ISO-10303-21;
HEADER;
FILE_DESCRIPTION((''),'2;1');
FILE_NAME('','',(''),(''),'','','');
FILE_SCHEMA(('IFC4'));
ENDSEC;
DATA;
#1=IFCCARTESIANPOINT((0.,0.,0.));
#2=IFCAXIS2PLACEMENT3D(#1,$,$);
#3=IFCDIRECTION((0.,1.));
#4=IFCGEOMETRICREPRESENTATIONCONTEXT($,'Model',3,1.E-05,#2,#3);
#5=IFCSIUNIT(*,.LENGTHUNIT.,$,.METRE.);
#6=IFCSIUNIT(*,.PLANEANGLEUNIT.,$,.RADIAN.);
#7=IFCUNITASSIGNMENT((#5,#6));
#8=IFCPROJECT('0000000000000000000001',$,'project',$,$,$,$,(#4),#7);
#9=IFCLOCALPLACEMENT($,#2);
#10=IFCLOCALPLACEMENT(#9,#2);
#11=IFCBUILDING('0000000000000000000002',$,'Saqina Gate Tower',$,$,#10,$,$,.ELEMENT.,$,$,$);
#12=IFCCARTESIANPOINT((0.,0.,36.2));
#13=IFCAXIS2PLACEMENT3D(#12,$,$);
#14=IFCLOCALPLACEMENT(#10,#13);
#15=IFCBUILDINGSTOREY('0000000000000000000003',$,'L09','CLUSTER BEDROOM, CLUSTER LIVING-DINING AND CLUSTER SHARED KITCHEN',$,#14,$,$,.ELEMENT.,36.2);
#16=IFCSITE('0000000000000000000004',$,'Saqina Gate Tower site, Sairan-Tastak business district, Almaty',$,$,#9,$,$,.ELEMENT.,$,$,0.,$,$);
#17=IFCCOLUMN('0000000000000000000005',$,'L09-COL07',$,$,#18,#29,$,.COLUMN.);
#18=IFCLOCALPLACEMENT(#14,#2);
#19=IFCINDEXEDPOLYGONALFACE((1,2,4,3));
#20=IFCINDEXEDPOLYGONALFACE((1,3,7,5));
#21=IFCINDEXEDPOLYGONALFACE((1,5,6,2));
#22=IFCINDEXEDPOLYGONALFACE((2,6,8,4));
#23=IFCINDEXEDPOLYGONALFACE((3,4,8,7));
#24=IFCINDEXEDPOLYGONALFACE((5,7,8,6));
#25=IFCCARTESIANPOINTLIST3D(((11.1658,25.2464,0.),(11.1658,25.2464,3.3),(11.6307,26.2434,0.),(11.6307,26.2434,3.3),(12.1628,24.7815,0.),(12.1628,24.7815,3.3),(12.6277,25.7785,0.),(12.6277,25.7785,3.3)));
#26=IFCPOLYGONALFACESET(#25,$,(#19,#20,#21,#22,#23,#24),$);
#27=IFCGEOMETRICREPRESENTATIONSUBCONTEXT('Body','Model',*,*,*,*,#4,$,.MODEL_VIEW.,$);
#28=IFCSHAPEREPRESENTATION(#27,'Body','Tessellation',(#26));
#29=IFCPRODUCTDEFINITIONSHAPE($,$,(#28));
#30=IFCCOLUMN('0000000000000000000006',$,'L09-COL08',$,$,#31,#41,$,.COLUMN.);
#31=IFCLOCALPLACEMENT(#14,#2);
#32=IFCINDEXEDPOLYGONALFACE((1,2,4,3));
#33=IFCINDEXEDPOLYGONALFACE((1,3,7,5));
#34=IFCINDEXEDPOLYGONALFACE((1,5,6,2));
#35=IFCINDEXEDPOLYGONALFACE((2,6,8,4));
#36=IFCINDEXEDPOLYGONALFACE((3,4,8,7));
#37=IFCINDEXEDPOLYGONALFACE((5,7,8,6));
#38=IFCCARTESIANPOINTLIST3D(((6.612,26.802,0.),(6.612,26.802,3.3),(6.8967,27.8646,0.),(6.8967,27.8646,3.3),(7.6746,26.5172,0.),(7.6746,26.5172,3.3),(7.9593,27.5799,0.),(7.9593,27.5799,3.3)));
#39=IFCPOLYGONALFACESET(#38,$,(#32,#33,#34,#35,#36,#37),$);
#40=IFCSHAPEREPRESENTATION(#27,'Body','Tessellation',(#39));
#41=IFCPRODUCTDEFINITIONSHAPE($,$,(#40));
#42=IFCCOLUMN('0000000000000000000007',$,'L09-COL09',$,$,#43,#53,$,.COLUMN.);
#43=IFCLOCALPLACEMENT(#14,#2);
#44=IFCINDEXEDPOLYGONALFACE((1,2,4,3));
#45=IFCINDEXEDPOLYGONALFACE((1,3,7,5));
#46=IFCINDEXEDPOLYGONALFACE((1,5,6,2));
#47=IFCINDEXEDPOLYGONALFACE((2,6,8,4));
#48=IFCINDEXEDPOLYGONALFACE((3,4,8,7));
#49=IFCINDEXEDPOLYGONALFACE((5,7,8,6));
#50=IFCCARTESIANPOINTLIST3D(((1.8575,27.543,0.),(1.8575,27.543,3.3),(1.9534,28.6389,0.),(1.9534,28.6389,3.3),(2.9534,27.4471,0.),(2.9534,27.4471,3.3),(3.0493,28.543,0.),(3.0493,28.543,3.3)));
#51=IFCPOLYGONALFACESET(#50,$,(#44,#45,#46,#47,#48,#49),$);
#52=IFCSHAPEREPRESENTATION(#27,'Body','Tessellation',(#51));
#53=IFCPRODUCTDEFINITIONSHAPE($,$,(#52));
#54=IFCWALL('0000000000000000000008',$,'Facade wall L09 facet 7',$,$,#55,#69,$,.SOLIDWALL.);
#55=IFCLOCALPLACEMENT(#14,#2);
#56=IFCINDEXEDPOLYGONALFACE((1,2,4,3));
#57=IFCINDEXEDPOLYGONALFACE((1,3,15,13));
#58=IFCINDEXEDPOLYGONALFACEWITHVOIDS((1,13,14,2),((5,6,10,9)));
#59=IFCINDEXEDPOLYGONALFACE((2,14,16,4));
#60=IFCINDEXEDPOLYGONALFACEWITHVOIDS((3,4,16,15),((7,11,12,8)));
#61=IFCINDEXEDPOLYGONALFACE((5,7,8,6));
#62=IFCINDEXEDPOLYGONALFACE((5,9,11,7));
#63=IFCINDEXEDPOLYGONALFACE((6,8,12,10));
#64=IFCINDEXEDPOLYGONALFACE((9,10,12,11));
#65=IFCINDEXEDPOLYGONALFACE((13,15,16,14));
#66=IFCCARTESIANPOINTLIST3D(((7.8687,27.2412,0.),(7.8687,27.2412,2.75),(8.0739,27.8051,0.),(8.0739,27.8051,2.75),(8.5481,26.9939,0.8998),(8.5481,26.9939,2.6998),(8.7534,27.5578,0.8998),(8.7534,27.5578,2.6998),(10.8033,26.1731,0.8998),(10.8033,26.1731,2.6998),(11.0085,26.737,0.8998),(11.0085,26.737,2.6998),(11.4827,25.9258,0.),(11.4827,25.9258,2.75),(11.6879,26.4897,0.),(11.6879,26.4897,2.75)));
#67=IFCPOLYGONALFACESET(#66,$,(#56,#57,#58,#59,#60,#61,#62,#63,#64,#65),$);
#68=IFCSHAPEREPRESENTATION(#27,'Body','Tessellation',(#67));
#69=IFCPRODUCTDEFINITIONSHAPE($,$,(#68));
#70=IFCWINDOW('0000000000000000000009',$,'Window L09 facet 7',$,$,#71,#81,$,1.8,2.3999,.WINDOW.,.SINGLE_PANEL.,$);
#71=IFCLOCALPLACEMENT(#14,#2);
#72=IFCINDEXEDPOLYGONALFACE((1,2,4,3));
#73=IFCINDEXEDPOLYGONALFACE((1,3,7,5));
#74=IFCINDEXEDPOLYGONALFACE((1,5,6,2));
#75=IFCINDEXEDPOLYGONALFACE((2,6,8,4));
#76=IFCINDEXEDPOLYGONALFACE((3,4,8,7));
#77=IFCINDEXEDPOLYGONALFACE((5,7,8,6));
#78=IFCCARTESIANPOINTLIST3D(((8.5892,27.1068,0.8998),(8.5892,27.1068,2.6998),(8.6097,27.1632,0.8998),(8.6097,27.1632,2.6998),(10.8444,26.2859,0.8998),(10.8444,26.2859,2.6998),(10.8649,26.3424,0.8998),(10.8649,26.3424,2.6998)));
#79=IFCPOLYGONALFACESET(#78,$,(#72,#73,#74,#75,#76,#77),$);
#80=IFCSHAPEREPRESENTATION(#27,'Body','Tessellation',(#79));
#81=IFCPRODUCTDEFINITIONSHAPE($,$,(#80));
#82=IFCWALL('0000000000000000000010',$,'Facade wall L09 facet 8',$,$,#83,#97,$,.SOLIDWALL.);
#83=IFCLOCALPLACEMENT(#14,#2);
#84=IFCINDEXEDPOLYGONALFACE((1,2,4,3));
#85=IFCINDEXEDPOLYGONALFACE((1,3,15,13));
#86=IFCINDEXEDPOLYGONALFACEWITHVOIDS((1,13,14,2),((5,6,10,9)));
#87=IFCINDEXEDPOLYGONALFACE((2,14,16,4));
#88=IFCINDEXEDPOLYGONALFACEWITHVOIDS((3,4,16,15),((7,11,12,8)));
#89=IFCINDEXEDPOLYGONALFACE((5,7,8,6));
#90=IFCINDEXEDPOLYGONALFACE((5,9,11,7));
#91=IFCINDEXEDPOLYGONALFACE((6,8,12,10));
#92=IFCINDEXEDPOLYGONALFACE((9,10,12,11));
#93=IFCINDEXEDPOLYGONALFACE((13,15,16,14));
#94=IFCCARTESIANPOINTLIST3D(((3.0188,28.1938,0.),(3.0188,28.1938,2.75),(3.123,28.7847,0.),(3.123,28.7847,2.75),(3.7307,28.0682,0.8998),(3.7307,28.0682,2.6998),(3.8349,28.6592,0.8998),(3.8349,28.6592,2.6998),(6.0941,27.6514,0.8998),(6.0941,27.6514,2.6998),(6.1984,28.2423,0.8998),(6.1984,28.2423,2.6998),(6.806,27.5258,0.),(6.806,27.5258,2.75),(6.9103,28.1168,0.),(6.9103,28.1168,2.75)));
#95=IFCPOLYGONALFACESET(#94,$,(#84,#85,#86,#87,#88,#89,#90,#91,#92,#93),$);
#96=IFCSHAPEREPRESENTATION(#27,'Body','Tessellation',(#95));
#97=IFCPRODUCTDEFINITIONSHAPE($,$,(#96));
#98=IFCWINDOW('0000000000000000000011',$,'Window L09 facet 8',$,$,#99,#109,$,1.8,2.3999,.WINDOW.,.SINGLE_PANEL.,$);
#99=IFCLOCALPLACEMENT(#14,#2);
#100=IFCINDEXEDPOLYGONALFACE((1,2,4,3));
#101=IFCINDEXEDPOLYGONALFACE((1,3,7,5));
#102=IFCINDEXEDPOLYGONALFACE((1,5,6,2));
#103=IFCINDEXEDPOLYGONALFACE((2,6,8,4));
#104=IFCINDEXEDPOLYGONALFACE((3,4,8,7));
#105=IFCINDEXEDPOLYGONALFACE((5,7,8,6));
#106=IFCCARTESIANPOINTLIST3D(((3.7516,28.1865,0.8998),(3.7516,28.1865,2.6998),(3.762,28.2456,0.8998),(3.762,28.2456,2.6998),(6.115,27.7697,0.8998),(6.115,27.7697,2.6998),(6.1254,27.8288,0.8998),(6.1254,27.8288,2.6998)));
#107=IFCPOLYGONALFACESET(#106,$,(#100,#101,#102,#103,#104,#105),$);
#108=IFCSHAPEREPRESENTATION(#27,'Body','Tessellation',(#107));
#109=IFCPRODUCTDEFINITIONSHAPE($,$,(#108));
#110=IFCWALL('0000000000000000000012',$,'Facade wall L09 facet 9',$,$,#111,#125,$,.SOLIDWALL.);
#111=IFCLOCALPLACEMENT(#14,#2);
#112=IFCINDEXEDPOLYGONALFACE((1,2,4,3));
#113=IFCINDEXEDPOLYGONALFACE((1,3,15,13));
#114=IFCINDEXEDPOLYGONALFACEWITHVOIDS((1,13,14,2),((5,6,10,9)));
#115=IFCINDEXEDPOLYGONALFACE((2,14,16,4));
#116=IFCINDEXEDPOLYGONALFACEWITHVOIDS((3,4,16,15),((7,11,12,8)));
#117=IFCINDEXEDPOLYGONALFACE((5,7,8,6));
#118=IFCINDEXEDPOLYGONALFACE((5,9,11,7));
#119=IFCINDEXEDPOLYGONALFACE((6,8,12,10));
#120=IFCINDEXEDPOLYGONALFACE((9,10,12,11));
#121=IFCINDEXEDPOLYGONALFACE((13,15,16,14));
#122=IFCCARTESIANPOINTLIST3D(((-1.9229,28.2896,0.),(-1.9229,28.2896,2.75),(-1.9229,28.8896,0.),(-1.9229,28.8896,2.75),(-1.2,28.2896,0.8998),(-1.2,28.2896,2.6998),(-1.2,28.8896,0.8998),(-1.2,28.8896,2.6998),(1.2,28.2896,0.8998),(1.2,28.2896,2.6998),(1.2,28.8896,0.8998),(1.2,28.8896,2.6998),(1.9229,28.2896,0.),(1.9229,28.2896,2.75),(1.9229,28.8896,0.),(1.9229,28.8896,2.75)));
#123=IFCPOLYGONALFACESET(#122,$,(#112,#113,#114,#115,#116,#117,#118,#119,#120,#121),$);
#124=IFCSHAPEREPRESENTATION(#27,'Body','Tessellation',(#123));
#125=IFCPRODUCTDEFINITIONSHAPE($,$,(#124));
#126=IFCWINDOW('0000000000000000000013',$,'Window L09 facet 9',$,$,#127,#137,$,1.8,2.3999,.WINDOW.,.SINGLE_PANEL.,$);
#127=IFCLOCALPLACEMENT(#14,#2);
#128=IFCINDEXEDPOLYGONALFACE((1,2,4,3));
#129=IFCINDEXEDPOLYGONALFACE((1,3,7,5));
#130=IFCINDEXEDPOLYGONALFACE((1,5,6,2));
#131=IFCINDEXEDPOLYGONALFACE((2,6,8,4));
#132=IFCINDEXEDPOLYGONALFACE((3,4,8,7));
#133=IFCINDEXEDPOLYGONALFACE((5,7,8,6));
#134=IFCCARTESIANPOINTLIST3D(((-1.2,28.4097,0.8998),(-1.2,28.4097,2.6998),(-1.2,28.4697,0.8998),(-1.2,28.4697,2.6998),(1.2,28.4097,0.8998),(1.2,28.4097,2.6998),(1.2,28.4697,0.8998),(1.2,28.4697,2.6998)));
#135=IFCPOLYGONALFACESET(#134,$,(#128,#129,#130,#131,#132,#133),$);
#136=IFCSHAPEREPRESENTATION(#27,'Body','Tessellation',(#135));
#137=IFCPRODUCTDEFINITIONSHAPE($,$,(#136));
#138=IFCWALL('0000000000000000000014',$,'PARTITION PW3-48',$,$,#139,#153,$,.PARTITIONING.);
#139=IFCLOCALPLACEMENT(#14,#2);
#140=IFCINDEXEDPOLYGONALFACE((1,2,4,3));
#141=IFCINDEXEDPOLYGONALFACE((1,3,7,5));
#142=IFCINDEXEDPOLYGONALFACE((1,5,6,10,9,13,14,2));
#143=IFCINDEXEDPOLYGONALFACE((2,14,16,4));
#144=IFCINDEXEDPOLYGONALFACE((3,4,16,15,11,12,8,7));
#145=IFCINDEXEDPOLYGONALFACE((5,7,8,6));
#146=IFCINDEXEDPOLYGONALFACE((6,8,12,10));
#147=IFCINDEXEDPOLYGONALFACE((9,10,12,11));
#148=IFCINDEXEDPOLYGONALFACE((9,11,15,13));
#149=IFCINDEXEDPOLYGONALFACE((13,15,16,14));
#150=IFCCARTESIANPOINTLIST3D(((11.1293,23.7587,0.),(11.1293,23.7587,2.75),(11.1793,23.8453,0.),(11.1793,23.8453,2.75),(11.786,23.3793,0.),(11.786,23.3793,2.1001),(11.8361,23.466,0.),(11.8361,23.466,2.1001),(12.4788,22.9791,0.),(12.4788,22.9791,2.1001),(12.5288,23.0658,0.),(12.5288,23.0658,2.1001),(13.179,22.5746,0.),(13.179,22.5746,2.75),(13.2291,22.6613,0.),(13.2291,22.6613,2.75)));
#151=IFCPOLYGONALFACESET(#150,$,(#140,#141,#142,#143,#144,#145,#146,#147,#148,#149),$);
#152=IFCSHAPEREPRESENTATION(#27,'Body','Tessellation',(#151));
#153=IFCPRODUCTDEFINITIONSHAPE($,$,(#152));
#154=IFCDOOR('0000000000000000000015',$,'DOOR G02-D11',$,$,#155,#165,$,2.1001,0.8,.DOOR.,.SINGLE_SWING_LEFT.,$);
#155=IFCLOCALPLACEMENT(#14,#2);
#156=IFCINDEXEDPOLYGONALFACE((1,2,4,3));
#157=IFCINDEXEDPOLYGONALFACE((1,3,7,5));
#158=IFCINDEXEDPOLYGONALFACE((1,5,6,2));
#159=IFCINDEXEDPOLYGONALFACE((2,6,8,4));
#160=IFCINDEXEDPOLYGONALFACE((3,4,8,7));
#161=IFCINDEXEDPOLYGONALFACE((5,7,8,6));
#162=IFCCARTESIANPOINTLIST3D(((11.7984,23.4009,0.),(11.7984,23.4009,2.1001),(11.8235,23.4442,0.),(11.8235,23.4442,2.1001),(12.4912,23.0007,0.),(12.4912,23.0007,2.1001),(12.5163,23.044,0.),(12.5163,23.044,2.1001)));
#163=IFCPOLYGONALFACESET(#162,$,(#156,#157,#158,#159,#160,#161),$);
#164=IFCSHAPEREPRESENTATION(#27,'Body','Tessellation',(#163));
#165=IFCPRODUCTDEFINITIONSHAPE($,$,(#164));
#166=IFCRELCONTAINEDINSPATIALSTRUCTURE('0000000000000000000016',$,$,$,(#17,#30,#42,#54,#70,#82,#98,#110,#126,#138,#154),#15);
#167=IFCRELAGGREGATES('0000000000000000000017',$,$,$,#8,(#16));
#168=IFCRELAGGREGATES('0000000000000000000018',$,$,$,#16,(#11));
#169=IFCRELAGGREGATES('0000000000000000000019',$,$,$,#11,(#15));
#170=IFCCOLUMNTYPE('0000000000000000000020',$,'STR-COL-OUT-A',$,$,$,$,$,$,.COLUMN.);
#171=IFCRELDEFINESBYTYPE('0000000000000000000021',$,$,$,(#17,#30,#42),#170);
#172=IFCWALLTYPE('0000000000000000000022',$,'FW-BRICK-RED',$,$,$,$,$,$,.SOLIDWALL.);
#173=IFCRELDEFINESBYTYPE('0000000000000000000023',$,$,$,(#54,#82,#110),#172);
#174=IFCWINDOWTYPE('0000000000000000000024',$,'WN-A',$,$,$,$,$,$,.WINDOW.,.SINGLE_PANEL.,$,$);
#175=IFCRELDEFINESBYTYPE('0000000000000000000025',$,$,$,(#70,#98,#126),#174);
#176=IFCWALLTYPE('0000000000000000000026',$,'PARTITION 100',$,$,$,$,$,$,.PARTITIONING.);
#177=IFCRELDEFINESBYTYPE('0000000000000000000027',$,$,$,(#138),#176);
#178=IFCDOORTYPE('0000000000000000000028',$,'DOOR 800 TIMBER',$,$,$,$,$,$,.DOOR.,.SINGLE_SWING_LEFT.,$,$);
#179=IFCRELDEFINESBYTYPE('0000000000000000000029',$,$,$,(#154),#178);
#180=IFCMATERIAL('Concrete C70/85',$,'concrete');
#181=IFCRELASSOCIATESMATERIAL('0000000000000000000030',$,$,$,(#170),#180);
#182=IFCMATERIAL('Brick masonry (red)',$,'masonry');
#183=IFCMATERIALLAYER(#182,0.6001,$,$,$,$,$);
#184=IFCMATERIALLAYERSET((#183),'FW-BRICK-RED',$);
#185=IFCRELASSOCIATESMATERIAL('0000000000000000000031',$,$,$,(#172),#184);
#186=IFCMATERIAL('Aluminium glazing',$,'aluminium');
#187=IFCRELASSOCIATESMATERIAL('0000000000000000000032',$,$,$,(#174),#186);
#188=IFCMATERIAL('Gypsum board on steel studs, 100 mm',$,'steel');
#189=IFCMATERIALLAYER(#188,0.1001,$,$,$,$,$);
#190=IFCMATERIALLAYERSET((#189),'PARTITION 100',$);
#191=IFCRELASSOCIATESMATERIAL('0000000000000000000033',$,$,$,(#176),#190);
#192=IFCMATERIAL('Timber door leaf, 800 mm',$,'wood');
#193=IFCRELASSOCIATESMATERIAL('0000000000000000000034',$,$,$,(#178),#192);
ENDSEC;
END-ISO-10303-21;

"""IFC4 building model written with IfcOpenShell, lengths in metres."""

from ifc_helpers import new_model, si_unit, direction, frame, frame_2d, origin, origin_2d, place, context, subcontext, project, spatial, rectangle, extrude, material, layer, layer_set, material_profile, profile_set, type_object, element, fill, save


model = new_model("IFC4")

# Units and contexts
model_context = context("Model", 3, precision=1e-05, world=origin(), true_north=direction((0.0, 1.0)))
body_context = subcontext(model_context, "Body", "Model", "MODEL_VIEW")
ifc_project = project(units=[si_unit("LENGTHUNIT", "METRE"), si_unit("PLANEANGLEUNIT", "RADIAN")], contexts=[model_context])

# Site, building, storey
site_placement = place(None, origin())
site = spatial("IfcSite", under=ifc_project, at=site_placement, Name="Saqina Gate Tower site, Sairan-Tastak business district, Almaty", CompositionType="ELEMENT", RefElevation=0.0)
building_placement = place(site_placement, origin())
building = spatial("IfcBuilding", under=site, at=building_placement, Name="Saqina Gate Tower", CompositionType="ELEMENT")
storey_placement = place(building_placement, frame((0.0, 0.0, 36.2)))
storey = spatial("IfcBuildingStorey", under=building, at=storey_placement, Name="L09", Description="CLUSTER BEDROOM, CLUSTER LIVING-DINING AND CLUSTER SHARED KITCHEN", CompositionType="ELEMENT", Elevation=36.2)

# Columns
ifc_material_1 = material(Name="Concrete C70/85", Category="concrete")
ifc_material_profile = material_profile(ifc_material_1, rectangle(XDim=1.1001, YDim=1.1001, at=origin_2d()), Name="RC 1100x1100")
ifc_profile_set = profile_set([ifc_material_profile], Name="Concrete C70/85")
column_type = type_object("IfcColumnType", Name="STR-COL-OUT-A", PredefinedType="COLUMN", material=ifc_profile_set)
for number, where, z_axis, x_axis, name in (
    (1, (11.8967, 25.5125, 0.0), (0.0, 0.0, 1.0), (0.422618, 0.906308, 0.0), "L09-COL07"),
    (2, (7.2856, 27.1909, 0.0), (0.0, 0.0, 1.0), (0.258819, 0.965926, 0.0), "L09-COL08"),
    (3, (2.4534, 28.043, 0.0), (0.0, 0.0, 1.0), (0.087156, 0.996195, 0.0), "L09-COL09"),
):
    element("IfcColumn", number, at=place(storey_placement, frame(where, z_axis=z_axis, x_axis=x_axis)), inside=storey, type_object=column_type, Name=name, PredefinedType="COLUMN", context=body_context, shape_type="SweptSolid", body=[
        extrude(rectangle(XDim=1.1001, YDim=1.1001, at=origin_2d()), origin(), (0.0, 0.0, 1.0), 3.3),
    ])

# Walls, openings, windows
ifc_material_2 = material(Name="Brick masonry (red)", Category="masonry")
ifc_layer_1 = layer(ifc_material_2, 0.6001)
ifc_layer_set_1 = layer_set([ifc_layer_1], Name="FW-BRICK-RED")
wall_type_1 = type_object("IfcWallType", Name="FW-BRICK-RED", PredefinedType="SOLIDWALL", material=ifc_layer_set_1)
wall_1_placement = place(storey_placement, frame((11.5852, 26.2078, 0.0), z_axis=(0.0, 0.0, 1.0), x_axis=(-0.93969, 0.342028, 0.0)))
wall_1 = element("IfcWall", 4, at=wall_1_placement, inside=storey, type_object=wall_type_1, Name="Facade wall L09 facet 7", PredefinedType="SOLIDWALL", context=body_context, shape_type="SweptSolid", body=[
    extrude(rectangle(XDim=3.8459, YDim=0.6001, at=frame_2d((1.9229, 0.0))), origin(), (0.0, 0.0, 1.0), 2.75),
])
opening_1_placement = place(wall_1_placement, frame((0.7229, 0.0, 0.8999)))
opening_1 = element("IfcOpeningElement", 5, at=opening_1_placement, cuts=wall_1, PredefinedType="OPENING", context=body_context, shape_type="SweptSolid", body=[
    extrude(rectangle(XDim=2.3999, YDim=1.8, at=frame_2d((1.2, 0.8999))), frame((0.0, 0.312, 0.0), z_axis=(0.0, -1.0, 0.0), x_axis=(1.0, 0.0, 0.0)), (0.0, 0.0, 1.0), 0.624),
])
ifc_material_3 = material(Name="Aluminium glazing", Category="aluminium")
window_type = type_object("IfcWindowType", Name="WN-A", PartitioningType="SINGLE_PANEL", PredefinedType="WINDOW", material=ifc_material_3)
window_1_placement = place(opening_1_placement, origin())
window_1 = element("IfcWindow", 6, at=window_1_placement, inside=storey, type_object=window_type, Name="Window L09 facet 7", OverallHeight=1.8, OverallWidth=2.3999, PartitioningType="SINGLE_PANEL", PredefinedType="WINDOW", context=body_context, shape_type="SweptSolid", body=[
    extrude(rectangle(XDim=2.3999, YDim=1.8, at=frame_2d((1.2, 0.8999))), frame((0.0, 0.1799, 0.0), z_axis=(0.0, -1.0, 0.0), x_axis=(1.0, 0.0, 0.0)), (0.0, 0.0, 1.0), 0.0601),
])
fill(opening_1, window_1)
wall_2_placement = place(storey_placement, frame((6.8582, 27.8213, 0.0), z_axis=(0.0, 0.0, 1.0), x_axis=(-0.984801, 0.173688, 0.0)))
wall_2 = element("IfcWall", 7, at=wall_2_placement, inside=storey, type_object=wall_type_1, Name="Facade wall L09 facet 8", PredefinedType="SOLIDWALL", context=body_context, shape_type="SweptSolid", body=[
    extrude(rectangle(XDim=3.8457, YDim=0.6001, at=frame_2d((1.9229, 0.0))), origin(), (0.0, 0.0, 1.0), 2.75),
])
opening_2_placement = place(wall_2_placement, frame((0.7229, 0.0, 0.8999)))
opening_2 = element("IfcOpeningElement", 8, at=opening_2_placement, cuts=wall_2, PredefinedType="OPENING", context=body_context, shape_type="SweptSolid", body=[
    extrude(rectangle(XDim=2.3999, YDim=1.8, at=frame_2d((1.2, 0.8999))), frame((0.0, 0.312, 0.0), z_axis=(0.0, -1.0, 0.0), x_axis=(1.0, 0.0, 0.0)), (0.0, 0.0, 1.0), 0.624),
])
window_2_placement = place(opening_2_placement, origin())
window_2 = element("IfcWindow", 9, at=window_2_placement, inside=storey, type_object=window_type, Name="Window L09 facet 8", OverallHeight=1.8, OverallWidth=2.3999, PartitioningType="SINGLE_PANEL", PredefinedType="WINDOW", context=body_context, shape_type="SweptSolid", body=[
    extrude(rectangle(XDim=2.3999, YDim=1.8, at=frame_2d((1.2, 0.8999))), frame((0.0, 0.1799, 0.0), z_axis=(0.0, -1.0, 0.0), x_axis=(1.0, 0.0, 0.0)), (0.0, 0.0, 1.0), 0.0601),
])
fill(opening_2, window_2)
wall_3_placement = place(storey_placement, frame((1.9229, 28.5896, 0.0), z_axis=(0.0, 0.0, 1.0), x_axis=(-1.0, 0.0, 0.0)))
wall_3 = element("IfcWall", 10, at=wall_3_placement, inside=storey, type_object=wall_type_1, Name="Facade wall L09 facet 9", PredefinedType="SOLIDWALL", context=body_context, shape_type="SweptSolid", body=[
    extrude(rectangle(XDim=3.8457, YDim=0.6001, at=frame_2d((1.9229, 0.0))), origin(), (0.0, 0.0, 1.0), 2.75),
])
opening_3_placement = place(wall_3_placement, frame((0.7229, 0.0, 0.8999)))
opening_3 = element("IfcOpeningElement", 11, at=opening_3_placement, cuts=wall_3, PredefinedType="OPENING", context=body_context, shape_type="SweptSolid", body=[
    extrude(rectangle(XDim=2.3999, YDim=1.8, at=frame_2d((1.2, 0.8999))), frame((0.0, 0.312, 0.0), z_axis=(0.0, -1.0, 0.0), x_axis=(1.0, 0.0, 0.0)), (0.0, 0.0, 1.0), 0.624),
])
window_3_placement = place(opening_3_placement, origin())
window_3 = element("IfcWindow", 12, at=window_3_placement, inside=storey, type_object=window_type, Name="Window L09 facet 9", OverallHeight=1.8, OverallWidth=2.3999, PartitioningType="SINGLE_PANEL", PredefinedType="WINDOW", context=body_context, shape_type="SweptSolid", body=[
    extrude(rectangle(XDim=2.3999, YDim=1.8, at=frame_2d((1.2, 0.8999))), frame((0.0, 0.1799, 0.0), z_axis=(0.0, -1.0, 0.0), x_axis=(1.0, 0.0, 0.0)), (0.0, 0.0, 1.0), 0.0601),
])
fill(opening_3, window_3)

# Wall, opening, door
ifc_material_4 = material(Name="Gypsum board on steel studs, 100 mm", Category="steel")
ifc_layer_2 = layer(ifc_material_4, 0.1001)
ifc_layer_set_2 = layer_set([ifc_layer_2], Name="PARTITION 100")
wall_type_2 = type_object("IfcWallType", Name="PARTITION 100", PredefinedType="PARTITIONING", material=ifc_layer_set_2)
wall_4_placement = place(storey_placement, frame((11.1543, 23.802, 0.0), z_axis=(0.0, 0.0, 1.0), x_axis=(0.865911, -0.500199, 0.0)))
wall_4 = element("IfcWall", 13, at=wall_4_placement, inside=storey, type_object=wall_type_2, Name="PARTITION PW3-48", PredefinedType="PARTITIONING", context=body_context, shape_type="SweptSolid", body=[
    extrude(rectangle(XDim=2.3672, YDim=0.1001, at=frame_2d((1.1836, 0.0))), origin(), (0.0, 0.0, 1.0), 2.75),
])
opening_4_placement = place(wall_4_placement, frame((0.7585, 0.0, 0.0)))
opening_4 = element("IfcOpeningElement", 14, at=opening_4_placement, cuts=wall_4, PredefinedType="OPENING", context=body_context, shape_type="SweptSolid", body=[
    extrude(rectangle(XDim=0.8, YDim=2.1001, at=frame_2d((0.3999, 1.05))), frame((0.0, 0.062, 0.0), z_axis=(0.0, -1.0, 0.0), x_axis=(1.0, 0.0, 0.0)), (0.0, 0.0, 1.0), 0.124),
])
ifc_material_5 = material(Name="Timber door leaf, 800 mm", Category="wood")
door_type_1 = type_object("IfcDoorType", Name="DOOR 800 TIMBER", OperationType="SINGLE_SWING_LEFT", PredefinedType="DOOR", material=ifc_material_5)
door_1_placement = place(opening_4_placement, origin())
door_1 = element("IfcDoor", 15, at=door_1_placement, inside=storey, type_object=door_type_1, Name="DOOR G02-D11", OperationType="SINGLE_SWING_LEFT", OverallHeight=2.1001, OverallWidth=0.8, PredefinedType="DOOR", context=body_context, shape_type="SweptSolid", body=[
    extrude(rectangle(XDim=0.8, YDim=2.1001, at=frame_2d((0.3999, 1.05))), frame((0.0, 0.0249, 0.0), z_axis=(0.0, -1.0, 0.0), x_axis=(1.0, 0.0, 0.0)), (0.0, 0.0, 1.0), 0.05),
])
fill(opening_4, door_1)

save(model, "model.ifc")
